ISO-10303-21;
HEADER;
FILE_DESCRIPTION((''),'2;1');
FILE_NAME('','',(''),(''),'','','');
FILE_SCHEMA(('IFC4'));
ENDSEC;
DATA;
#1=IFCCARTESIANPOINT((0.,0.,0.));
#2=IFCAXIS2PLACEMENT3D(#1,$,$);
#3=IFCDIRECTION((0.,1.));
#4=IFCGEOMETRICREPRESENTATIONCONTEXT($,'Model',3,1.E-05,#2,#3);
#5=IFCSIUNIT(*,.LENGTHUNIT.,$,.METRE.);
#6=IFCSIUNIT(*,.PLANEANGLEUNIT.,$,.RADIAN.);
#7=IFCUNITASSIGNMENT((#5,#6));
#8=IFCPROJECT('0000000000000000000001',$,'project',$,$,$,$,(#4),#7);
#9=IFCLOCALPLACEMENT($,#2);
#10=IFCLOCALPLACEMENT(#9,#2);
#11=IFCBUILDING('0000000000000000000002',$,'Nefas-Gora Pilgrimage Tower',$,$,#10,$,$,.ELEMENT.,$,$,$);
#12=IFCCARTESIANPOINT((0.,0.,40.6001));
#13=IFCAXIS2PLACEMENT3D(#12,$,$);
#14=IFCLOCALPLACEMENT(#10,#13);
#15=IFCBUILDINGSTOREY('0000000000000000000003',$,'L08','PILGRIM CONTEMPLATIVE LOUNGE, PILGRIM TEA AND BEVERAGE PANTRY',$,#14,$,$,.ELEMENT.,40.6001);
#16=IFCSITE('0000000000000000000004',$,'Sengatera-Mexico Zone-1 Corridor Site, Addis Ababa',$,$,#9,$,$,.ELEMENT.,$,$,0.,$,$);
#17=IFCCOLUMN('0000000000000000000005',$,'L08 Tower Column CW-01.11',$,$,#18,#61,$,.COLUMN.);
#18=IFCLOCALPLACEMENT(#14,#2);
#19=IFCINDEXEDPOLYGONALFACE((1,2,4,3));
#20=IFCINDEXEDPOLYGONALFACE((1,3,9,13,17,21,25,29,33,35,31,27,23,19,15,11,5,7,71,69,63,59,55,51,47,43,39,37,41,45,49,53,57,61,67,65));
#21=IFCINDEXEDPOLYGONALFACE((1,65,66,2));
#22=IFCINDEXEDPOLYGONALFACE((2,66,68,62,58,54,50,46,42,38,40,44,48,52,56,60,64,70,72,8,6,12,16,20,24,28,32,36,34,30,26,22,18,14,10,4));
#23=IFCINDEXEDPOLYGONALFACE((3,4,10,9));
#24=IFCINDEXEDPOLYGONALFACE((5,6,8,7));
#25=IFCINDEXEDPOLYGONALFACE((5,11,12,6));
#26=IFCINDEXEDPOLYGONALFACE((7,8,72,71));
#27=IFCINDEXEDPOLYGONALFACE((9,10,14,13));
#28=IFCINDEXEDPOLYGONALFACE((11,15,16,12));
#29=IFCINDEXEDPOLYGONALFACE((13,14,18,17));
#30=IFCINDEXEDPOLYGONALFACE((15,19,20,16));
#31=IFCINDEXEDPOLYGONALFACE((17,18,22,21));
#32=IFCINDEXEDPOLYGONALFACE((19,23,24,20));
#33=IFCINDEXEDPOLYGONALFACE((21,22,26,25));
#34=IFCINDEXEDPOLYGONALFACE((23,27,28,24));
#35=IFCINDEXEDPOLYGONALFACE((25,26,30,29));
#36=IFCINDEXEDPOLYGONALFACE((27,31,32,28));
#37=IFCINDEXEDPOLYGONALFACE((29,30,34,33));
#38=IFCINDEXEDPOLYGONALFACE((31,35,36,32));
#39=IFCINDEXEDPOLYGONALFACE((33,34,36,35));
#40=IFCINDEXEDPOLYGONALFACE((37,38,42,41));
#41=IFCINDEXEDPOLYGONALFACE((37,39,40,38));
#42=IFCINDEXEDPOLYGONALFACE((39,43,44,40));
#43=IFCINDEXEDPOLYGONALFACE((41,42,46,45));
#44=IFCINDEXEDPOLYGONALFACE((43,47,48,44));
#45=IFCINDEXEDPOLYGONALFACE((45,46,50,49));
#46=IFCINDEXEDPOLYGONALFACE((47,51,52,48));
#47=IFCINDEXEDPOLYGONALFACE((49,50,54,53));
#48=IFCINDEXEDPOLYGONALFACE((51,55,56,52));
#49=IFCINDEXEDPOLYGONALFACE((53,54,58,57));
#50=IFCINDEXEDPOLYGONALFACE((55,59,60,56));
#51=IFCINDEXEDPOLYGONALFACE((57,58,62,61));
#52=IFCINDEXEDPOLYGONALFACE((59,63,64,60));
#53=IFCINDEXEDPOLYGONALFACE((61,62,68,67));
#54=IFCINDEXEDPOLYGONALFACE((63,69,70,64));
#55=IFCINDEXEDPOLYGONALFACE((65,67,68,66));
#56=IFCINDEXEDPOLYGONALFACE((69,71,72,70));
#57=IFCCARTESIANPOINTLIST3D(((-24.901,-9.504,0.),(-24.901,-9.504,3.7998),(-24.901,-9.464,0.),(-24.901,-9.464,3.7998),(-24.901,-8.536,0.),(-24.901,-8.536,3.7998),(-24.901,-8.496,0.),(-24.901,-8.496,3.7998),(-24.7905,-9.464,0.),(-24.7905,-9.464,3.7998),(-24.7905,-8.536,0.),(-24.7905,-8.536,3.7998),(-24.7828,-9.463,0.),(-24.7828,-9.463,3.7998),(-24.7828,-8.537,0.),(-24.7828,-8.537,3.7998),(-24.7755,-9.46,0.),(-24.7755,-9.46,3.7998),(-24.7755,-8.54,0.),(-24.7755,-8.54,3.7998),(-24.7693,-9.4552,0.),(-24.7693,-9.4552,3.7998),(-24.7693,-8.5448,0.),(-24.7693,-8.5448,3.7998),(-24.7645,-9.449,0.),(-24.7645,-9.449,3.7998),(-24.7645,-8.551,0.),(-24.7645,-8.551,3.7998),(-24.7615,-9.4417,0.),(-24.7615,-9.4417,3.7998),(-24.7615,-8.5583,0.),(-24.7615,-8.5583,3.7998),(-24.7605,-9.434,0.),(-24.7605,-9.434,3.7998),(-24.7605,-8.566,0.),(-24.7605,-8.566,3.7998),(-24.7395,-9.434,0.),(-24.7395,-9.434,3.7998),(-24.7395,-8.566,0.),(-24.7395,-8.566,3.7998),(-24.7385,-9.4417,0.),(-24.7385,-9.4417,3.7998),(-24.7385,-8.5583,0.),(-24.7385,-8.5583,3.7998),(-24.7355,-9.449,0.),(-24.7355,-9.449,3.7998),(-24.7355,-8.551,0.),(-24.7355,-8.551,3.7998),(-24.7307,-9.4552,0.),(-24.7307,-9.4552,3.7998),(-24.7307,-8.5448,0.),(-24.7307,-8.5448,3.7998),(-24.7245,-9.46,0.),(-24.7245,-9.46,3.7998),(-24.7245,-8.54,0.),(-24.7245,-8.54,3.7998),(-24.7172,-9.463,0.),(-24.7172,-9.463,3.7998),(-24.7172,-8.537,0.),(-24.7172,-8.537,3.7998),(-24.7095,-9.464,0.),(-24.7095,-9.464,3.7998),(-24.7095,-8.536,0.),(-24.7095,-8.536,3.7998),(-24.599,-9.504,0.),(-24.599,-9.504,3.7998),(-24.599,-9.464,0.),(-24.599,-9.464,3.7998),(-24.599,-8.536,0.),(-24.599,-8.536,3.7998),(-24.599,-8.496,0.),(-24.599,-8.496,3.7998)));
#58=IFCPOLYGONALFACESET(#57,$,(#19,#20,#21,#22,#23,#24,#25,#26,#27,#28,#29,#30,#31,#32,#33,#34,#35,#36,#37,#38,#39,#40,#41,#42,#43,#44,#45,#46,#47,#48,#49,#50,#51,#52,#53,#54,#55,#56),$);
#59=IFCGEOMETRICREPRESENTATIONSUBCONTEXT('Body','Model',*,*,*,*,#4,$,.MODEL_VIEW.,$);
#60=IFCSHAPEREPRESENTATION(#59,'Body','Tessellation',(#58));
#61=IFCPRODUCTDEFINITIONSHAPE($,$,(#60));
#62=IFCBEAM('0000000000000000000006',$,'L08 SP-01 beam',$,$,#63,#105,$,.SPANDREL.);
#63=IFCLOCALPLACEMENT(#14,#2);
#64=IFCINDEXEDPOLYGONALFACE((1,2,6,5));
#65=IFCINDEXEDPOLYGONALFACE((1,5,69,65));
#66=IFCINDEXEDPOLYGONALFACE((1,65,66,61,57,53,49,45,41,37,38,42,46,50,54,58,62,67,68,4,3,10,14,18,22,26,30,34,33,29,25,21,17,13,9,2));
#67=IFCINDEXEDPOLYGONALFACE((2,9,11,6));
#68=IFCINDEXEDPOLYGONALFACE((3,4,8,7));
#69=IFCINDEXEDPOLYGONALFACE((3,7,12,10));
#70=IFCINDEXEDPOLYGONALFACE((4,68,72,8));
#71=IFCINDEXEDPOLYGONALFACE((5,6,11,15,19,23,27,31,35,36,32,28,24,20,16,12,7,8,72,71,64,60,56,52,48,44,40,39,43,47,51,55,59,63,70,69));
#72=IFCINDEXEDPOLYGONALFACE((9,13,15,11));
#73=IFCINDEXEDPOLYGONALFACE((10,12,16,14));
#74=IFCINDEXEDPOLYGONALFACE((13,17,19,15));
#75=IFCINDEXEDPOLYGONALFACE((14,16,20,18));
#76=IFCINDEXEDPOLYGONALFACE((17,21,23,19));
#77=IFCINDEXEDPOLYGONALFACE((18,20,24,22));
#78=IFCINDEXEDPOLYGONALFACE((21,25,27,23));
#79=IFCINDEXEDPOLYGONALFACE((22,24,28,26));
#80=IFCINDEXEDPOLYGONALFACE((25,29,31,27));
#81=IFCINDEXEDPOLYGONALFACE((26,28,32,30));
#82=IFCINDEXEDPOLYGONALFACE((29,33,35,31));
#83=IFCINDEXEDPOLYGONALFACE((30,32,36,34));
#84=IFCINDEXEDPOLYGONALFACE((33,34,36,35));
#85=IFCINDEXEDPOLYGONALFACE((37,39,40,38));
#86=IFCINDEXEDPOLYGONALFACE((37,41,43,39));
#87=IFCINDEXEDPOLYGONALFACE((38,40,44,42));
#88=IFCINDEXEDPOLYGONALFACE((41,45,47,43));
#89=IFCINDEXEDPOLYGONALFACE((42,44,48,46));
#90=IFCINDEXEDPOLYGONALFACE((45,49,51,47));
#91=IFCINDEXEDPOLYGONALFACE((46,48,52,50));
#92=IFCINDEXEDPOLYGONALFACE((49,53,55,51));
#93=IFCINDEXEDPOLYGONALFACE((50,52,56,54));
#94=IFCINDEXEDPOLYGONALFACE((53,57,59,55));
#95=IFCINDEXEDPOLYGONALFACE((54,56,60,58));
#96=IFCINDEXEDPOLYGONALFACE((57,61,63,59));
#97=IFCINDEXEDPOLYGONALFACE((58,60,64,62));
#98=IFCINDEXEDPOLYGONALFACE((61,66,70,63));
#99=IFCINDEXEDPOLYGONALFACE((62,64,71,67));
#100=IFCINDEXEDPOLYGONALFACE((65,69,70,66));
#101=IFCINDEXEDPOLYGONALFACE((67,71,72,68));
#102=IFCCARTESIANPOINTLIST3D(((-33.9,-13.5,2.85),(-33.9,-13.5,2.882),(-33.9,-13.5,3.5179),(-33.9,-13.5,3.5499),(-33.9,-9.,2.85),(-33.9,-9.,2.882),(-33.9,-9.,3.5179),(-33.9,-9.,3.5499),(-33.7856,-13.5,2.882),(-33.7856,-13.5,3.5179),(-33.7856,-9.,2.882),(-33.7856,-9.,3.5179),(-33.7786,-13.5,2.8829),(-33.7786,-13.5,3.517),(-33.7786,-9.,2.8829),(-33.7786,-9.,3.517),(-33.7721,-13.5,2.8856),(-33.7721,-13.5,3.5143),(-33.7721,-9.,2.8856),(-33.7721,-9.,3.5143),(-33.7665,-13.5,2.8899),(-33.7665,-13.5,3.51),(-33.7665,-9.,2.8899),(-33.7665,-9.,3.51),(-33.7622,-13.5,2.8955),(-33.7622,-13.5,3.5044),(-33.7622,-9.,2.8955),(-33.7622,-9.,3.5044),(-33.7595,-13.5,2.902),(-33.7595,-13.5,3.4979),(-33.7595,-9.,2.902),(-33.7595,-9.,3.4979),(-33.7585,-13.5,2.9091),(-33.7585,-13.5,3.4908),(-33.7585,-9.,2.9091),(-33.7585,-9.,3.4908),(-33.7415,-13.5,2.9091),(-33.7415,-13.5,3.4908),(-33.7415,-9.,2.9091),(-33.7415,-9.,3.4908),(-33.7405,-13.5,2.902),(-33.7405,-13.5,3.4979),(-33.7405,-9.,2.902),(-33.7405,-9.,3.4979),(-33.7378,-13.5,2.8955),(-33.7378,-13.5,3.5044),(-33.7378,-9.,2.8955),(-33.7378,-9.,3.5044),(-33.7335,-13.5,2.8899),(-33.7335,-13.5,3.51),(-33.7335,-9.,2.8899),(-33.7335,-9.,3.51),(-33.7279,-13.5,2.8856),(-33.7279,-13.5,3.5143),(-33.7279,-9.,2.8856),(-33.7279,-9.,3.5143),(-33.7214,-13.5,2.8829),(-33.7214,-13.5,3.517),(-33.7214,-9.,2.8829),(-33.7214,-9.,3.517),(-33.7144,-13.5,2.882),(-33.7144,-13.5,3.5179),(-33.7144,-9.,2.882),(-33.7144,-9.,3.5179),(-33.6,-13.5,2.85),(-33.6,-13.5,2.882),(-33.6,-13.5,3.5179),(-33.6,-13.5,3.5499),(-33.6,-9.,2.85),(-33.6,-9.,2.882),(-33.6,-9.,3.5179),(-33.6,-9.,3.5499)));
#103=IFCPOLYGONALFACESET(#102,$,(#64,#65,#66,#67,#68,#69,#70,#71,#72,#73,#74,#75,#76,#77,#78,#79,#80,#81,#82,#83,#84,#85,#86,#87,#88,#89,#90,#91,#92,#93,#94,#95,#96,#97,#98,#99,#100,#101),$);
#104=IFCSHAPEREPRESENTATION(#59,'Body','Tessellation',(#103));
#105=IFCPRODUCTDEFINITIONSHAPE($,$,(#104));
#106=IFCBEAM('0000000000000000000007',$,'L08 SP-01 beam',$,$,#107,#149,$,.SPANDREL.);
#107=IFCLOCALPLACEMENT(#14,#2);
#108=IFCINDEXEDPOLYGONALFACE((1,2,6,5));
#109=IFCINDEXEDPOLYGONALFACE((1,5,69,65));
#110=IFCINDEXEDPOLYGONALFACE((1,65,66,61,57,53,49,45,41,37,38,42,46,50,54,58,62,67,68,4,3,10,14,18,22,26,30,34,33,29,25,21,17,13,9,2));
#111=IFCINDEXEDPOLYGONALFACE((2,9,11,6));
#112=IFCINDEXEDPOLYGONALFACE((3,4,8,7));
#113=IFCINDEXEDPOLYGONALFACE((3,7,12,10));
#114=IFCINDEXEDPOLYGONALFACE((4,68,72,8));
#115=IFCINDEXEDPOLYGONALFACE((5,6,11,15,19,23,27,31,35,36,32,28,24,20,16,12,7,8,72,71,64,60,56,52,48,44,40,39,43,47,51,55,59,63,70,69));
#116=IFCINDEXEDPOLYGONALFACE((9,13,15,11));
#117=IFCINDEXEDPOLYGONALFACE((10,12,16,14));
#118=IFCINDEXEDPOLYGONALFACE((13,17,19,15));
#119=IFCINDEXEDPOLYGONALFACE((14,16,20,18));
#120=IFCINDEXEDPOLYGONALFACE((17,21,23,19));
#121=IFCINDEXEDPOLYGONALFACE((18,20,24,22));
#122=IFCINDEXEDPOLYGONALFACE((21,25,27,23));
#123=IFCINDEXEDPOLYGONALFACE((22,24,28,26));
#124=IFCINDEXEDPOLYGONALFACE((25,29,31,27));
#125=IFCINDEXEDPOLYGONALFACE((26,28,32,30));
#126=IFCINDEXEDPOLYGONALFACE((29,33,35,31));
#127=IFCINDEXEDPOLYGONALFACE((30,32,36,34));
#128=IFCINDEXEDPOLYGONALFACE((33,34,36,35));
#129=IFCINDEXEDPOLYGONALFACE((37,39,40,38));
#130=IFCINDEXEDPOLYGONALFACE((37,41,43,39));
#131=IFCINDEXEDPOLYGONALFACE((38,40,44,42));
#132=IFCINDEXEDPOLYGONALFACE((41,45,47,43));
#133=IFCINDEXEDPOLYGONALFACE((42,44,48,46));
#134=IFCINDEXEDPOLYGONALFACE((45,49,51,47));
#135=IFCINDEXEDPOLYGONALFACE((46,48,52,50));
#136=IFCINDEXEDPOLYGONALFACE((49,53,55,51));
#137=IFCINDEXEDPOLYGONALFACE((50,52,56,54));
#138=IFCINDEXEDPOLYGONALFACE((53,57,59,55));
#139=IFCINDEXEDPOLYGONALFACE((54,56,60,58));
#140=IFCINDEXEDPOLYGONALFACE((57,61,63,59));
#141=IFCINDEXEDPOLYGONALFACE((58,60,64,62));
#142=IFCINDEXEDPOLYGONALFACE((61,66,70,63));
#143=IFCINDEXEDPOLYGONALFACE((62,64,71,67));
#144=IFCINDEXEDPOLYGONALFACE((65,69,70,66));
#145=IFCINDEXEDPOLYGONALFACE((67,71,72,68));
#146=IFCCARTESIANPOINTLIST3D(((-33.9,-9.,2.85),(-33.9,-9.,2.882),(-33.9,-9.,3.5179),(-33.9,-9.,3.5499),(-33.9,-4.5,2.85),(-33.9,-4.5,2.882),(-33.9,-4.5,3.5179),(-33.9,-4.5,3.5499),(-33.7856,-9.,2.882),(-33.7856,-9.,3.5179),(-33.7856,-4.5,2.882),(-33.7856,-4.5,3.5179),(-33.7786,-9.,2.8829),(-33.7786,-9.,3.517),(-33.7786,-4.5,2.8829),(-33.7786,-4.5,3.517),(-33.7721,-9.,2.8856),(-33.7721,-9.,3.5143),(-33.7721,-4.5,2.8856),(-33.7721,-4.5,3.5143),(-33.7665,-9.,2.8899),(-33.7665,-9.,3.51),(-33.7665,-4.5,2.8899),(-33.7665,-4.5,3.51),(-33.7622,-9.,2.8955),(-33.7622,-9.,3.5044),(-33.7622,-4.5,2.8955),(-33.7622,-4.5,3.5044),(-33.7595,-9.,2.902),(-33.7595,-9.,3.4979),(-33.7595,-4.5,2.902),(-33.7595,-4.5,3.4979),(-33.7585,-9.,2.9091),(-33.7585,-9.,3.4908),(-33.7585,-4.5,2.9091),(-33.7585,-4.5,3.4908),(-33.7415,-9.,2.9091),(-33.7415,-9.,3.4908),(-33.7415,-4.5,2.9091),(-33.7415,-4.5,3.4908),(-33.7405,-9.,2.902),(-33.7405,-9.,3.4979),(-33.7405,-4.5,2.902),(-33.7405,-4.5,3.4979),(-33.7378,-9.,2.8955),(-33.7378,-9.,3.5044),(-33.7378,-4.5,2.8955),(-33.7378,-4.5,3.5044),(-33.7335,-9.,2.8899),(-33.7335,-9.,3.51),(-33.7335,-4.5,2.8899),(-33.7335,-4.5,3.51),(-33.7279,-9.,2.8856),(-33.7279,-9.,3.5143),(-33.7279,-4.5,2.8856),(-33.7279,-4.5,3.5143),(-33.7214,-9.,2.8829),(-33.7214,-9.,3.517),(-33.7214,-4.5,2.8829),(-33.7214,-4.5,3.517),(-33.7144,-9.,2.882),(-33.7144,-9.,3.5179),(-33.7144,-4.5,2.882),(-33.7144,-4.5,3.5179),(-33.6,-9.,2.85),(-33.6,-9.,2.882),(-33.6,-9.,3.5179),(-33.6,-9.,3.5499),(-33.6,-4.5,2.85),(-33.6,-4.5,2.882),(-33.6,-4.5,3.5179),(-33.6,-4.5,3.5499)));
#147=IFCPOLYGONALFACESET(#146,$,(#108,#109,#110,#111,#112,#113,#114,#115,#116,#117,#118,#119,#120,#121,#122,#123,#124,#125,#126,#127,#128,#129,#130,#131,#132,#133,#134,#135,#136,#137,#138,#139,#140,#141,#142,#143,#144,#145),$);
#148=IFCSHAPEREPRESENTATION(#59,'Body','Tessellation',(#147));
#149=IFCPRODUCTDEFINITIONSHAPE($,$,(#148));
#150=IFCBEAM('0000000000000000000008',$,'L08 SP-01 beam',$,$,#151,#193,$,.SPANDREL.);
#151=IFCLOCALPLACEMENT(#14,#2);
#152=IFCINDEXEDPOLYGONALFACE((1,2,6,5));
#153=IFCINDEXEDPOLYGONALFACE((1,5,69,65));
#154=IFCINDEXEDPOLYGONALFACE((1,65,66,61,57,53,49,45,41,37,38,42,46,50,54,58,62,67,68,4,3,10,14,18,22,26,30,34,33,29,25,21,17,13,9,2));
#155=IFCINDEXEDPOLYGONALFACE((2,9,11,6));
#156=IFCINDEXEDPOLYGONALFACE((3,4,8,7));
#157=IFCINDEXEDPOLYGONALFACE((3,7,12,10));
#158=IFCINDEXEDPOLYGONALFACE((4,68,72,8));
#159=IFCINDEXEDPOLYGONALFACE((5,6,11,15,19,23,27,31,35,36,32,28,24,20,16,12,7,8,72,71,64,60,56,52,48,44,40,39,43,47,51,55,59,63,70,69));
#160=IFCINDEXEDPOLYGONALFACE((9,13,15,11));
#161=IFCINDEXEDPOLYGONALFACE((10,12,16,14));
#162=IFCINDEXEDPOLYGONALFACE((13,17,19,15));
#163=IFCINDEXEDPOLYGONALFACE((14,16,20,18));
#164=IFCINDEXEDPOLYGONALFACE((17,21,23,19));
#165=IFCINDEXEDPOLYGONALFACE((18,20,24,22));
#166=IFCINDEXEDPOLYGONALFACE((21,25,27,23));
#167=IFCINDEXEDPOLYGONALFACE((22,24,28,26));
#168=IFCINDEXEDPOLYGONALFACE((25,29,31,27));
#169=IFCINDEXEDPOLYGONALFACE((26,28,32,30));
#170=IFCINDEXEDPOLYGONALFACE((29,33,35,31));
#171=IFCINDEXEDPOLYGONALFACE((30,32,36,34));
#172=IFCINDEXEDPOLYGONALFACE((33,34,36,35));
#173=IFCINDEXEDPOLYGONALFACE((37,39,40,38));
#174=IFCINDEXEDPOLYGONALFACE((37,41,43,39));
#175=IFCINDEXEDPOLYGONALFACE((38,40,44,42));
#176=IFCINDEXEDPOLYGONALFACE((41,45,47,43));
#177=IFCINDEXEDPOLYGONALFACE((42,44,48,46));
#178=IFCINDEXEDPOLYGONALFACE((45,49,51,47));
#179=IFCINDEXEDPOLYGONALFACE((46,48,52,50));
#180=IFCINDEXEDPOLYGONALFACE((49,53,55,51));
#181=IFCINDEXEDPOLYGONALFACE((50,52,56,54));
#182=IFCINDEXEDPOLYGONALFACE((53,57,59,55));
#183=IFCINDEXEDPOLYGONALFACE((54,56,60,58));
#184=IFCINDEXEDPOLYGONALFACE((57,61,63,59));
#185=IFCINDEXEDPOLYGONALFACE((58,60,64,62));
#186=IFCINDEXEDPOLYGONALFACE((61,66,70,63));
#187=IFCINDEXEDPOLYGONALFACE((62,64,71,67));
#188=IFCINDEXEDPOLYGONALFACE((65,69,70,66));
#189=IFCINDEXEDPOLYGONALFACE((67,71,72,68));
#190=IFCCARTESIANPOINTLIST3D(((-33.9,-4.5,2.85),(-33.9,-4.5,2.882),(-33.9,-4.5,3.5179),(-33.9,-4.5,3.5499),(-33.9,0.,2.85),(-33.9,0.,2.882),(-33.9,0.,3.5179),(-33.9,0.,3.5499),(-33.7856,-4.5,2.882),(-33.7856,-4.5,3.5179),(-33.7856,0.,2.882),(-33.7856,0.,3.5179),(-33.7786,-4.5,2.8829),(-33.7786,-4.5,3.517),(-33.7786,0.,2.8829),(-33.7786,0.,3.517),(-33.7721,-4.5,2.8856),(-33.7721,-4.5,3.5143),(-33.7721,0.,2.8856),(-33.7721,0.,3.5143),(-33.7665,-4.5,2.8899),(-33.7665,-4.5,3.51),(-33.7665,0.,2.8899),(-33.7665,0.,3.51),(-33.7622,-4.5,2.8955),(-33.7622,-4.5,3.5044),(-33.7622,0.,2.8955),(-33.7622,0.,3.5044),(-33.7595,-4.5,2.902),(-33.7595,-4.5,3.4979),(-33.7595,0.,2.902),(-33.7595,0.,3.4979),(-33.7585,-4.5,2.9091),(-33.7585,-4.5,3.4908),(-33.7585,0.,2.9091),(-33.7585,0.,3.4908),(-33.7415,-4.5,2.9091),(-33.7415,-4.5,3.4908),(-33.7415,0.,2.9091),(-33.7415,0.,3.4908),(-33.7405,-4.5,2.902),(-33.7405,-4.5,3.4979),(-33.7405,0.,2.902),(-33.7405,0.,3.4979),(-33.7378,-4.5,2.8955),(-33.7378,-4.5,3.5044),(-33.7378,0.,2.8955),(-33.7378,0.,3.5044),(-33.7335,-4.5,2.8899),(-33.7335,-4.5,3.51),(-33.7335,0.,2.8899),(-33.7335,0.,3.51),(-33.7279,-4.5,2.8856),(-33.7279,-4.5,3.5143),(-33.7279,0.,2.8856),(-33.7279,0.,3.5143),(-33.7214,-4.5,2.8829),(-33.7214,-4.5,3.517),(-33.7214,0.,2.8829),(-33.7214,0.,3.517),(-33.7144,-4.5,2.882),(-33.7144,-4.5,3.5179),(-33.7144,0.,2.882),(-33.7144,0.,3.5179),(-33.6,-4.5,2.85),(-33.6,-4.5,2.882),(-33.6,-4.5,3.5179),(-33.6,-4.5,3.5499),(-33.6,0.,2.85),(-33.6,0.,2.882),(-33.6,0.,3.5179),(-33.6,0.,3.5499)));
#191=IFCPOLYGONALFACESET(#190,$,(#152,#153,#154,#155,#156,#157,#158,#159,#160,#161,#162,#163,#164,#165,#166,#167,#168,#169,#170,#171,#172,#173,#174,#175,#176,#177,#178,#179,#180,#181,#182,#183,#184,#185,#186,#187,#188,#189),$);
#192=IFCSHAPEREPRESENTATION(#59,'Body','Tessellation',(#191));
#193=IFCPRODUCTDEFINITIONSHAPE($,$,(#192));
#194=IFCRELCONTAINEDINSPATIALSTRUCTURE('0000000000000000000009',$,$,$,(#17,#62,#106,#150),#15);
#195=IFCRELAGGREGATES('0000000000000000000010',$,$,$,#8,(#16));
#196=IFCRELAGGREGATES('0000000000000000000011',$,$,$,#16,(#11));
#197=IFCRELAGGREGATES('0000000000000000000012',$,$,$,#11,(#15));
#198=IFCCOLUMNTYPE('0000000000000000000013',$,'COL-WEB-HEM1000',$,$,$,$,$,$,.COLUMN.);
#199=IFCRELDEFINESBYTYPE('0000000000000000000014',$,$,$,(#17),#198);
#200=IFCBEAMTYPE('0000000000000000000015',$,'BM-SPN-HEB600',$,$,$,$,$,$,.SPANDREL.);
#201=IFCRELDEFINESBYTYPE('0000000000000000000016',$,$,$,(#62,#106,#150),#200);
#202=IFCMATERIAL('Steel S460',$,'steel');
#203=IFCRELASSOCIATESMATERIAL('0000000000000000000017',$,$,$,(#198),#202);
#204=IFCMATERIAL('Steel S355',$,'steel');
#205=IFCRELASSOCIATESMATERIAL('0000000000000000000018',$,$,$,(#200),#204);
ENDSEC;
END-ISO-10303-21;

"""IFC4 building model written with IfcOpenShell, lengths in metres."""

from ifc_helpers import new_model, si_unit, direction, frame, origin, origin_2d, place, context, subcontext, project, spatial, i_section, extrude, source, transform, mapped, material, material_profile, profile_set, type_object, element, save


model = new_model("IFC4")

# Units and contexts
model_context = context("Model", 3, precision=1e-05, world=origin(), true_north=direction((0.0, 1.0)))
body_context = subcontext(model_context, "Body", "Model", "MODEL_VIEW")
ifc_project = project(units=[si_unit("LENGTHUNIT", "METRE"), si_unit("PLANEANGLEUNIT", "RADIAN")], contexts=[model_context])

# Site, building, storey
site_placement = place(None, origin())
site = spatial("IfcSite", under=ifc_project, at=site_placement, Name="Sengatera-Mexico Zone-1 Corridor Site, Addis Ababa", CompositionType="ELEMENT", RefElevation=0.0)
building_placement = place(site_placement, origin())
building = spatial("IfcBuilding", under=site, at=building_placement, Name="Nefas-Gora Pilgrimage Tower", CompositionType="ELEMENT")
storey_placement = place(building_placement, frame((0.0, 0.0, 40.6001)))
storey = spatial("IfcBuildingStorey", under=building, at=storey_placement, Name="L08", Description="PILGRIM CONTEMPLATIVE LOUNGE, PILGRIM TEA AND BEVERAGE PANTRY", CompositionType="ELEMENT", Elevation=40.6001)

# Column
ifc_material_1 = material(Name="Steel S460", Category="steel")
ifc_material_profile_1 = material_profile(ifc_material_1, i_section(OverallWidth=0.302, OverallDepth=1.0081, WebThickness=0.021, FlangeThickness=0.04, FilletRadius=0.03, at=origin_2d()), Name="HEM 1000")
ifc_profile_set_1 = profile_set([ifc_material_profile_1], Name="Steel S460")
column_type_1 = type_object("IfcColumnType", Name="COL-WEB-HEM1000", PredefinedType="COLUMN", material=ifc_profile_set_1)
shared_shape_1 = source(origin(), body_context, "Body", "SweptSolid", [
    extrude(i_section(OverallWidth=0.302, OverallDepth=1.0081, WebThickness=0.021, FlangeThickness=0.04, FilletRadius=0.03, at=origin_2d()), origin(), (0.0, 0.0, 1.0), 3.7998),
])
for number, where, z_axis, x_axis, name in (
    (1, (-24.75, -9.0, 0.0), (0.0, 0.0, 1.0), (1.0, 0.0, 0.0), "L08 Tower Column CW-01.11"),
):
    element("IfcColumn", number, at=place(storey_placement, frame(where, z_axis=z_axis, x_axis=x_axis)), inside=storey, type_object=column_type_1, Name=name, PredefinedType="COLUMN", context=body_context, shape_type="MappedRepresentation", body=[
        mapped(shared_shape_1, transform((0.0, 0.0, 0.0), x_axis=(1.0, 0.0, 0.0), y_axis=(0.0, 1.0, 0.0), z_axis=(0.0, 0.0, 1.0), scale=1.0)),
    ])

# Beams
ifc_material_2 = material(Name="Steel S355", Category="steel")
ifc_material_profile_2 = material_profile(ifc_material_2, i_section(OverallWidth=0.3, OverallDepth=0.7, WebThickness=0.0171, FlangeThickness=0.032, FilletRadius=0.0271, at=origin_2d()), Name="HEB 700")
ifc_profile_set_2 = profile_set([ifc_material_profile_2], Name="Steel S355")
beam_type_1 = type_object("IfcBeamType", Name="BM-SPN-HEB600", PredefinedType="SPANDREL", material=ifc_profile_set_2)
shared_shape_2 = source(origin(), body_context, "Body", "SweptSolid", [
    extrude(i_section(OverallWidth=0.3, OverallDepth=0.7, WebThickness=0.0171, FlangeThickness=0.032, FilletRadius=0.0271, at=origin_2d()), origin(), (0.0, 0.0, 1.0), 4.5),
])
for number, where, z_axis, x_axis, name in (
    (2, (-33.75, -13.5, 3.2), (0.0, 1.0, 0.0), (-1.0, 0.0, 0.0), "L08 SP-01 beam"),
    (3, (-33.75, -9.0, 3.2), (0.0, 1.0, 0.0), (-1.0, 0.0, 0.0), "L08 SP-01 beam"),
    (4, (-33.75, -4.5, 3.2), (0.0, 1.0, 0.0), (-1.0, 0.0, 0.0), "L08 SP-01 beam"),
):
    element("IfcBeam", number, at=place(storey_placement, frame(where, z_axis=z_axis, x_axis=x_axis)), inside=storey, type_object=beam_type_1, Name=name, PredefinedType="SPANDREL", context=body_context, shape_type="MappedRepresentation", body=[
        mapped(shared_shape_2, transform((0.0, 0.0, 0.0), x_axis=(1.0, 0.0, 0.0), y_axis=(0.0, 1.0, 0.0), z_axis=(0.0, 0.0, 1.0), scale=1.0)),
    ])

save(model, "model.ifc")
